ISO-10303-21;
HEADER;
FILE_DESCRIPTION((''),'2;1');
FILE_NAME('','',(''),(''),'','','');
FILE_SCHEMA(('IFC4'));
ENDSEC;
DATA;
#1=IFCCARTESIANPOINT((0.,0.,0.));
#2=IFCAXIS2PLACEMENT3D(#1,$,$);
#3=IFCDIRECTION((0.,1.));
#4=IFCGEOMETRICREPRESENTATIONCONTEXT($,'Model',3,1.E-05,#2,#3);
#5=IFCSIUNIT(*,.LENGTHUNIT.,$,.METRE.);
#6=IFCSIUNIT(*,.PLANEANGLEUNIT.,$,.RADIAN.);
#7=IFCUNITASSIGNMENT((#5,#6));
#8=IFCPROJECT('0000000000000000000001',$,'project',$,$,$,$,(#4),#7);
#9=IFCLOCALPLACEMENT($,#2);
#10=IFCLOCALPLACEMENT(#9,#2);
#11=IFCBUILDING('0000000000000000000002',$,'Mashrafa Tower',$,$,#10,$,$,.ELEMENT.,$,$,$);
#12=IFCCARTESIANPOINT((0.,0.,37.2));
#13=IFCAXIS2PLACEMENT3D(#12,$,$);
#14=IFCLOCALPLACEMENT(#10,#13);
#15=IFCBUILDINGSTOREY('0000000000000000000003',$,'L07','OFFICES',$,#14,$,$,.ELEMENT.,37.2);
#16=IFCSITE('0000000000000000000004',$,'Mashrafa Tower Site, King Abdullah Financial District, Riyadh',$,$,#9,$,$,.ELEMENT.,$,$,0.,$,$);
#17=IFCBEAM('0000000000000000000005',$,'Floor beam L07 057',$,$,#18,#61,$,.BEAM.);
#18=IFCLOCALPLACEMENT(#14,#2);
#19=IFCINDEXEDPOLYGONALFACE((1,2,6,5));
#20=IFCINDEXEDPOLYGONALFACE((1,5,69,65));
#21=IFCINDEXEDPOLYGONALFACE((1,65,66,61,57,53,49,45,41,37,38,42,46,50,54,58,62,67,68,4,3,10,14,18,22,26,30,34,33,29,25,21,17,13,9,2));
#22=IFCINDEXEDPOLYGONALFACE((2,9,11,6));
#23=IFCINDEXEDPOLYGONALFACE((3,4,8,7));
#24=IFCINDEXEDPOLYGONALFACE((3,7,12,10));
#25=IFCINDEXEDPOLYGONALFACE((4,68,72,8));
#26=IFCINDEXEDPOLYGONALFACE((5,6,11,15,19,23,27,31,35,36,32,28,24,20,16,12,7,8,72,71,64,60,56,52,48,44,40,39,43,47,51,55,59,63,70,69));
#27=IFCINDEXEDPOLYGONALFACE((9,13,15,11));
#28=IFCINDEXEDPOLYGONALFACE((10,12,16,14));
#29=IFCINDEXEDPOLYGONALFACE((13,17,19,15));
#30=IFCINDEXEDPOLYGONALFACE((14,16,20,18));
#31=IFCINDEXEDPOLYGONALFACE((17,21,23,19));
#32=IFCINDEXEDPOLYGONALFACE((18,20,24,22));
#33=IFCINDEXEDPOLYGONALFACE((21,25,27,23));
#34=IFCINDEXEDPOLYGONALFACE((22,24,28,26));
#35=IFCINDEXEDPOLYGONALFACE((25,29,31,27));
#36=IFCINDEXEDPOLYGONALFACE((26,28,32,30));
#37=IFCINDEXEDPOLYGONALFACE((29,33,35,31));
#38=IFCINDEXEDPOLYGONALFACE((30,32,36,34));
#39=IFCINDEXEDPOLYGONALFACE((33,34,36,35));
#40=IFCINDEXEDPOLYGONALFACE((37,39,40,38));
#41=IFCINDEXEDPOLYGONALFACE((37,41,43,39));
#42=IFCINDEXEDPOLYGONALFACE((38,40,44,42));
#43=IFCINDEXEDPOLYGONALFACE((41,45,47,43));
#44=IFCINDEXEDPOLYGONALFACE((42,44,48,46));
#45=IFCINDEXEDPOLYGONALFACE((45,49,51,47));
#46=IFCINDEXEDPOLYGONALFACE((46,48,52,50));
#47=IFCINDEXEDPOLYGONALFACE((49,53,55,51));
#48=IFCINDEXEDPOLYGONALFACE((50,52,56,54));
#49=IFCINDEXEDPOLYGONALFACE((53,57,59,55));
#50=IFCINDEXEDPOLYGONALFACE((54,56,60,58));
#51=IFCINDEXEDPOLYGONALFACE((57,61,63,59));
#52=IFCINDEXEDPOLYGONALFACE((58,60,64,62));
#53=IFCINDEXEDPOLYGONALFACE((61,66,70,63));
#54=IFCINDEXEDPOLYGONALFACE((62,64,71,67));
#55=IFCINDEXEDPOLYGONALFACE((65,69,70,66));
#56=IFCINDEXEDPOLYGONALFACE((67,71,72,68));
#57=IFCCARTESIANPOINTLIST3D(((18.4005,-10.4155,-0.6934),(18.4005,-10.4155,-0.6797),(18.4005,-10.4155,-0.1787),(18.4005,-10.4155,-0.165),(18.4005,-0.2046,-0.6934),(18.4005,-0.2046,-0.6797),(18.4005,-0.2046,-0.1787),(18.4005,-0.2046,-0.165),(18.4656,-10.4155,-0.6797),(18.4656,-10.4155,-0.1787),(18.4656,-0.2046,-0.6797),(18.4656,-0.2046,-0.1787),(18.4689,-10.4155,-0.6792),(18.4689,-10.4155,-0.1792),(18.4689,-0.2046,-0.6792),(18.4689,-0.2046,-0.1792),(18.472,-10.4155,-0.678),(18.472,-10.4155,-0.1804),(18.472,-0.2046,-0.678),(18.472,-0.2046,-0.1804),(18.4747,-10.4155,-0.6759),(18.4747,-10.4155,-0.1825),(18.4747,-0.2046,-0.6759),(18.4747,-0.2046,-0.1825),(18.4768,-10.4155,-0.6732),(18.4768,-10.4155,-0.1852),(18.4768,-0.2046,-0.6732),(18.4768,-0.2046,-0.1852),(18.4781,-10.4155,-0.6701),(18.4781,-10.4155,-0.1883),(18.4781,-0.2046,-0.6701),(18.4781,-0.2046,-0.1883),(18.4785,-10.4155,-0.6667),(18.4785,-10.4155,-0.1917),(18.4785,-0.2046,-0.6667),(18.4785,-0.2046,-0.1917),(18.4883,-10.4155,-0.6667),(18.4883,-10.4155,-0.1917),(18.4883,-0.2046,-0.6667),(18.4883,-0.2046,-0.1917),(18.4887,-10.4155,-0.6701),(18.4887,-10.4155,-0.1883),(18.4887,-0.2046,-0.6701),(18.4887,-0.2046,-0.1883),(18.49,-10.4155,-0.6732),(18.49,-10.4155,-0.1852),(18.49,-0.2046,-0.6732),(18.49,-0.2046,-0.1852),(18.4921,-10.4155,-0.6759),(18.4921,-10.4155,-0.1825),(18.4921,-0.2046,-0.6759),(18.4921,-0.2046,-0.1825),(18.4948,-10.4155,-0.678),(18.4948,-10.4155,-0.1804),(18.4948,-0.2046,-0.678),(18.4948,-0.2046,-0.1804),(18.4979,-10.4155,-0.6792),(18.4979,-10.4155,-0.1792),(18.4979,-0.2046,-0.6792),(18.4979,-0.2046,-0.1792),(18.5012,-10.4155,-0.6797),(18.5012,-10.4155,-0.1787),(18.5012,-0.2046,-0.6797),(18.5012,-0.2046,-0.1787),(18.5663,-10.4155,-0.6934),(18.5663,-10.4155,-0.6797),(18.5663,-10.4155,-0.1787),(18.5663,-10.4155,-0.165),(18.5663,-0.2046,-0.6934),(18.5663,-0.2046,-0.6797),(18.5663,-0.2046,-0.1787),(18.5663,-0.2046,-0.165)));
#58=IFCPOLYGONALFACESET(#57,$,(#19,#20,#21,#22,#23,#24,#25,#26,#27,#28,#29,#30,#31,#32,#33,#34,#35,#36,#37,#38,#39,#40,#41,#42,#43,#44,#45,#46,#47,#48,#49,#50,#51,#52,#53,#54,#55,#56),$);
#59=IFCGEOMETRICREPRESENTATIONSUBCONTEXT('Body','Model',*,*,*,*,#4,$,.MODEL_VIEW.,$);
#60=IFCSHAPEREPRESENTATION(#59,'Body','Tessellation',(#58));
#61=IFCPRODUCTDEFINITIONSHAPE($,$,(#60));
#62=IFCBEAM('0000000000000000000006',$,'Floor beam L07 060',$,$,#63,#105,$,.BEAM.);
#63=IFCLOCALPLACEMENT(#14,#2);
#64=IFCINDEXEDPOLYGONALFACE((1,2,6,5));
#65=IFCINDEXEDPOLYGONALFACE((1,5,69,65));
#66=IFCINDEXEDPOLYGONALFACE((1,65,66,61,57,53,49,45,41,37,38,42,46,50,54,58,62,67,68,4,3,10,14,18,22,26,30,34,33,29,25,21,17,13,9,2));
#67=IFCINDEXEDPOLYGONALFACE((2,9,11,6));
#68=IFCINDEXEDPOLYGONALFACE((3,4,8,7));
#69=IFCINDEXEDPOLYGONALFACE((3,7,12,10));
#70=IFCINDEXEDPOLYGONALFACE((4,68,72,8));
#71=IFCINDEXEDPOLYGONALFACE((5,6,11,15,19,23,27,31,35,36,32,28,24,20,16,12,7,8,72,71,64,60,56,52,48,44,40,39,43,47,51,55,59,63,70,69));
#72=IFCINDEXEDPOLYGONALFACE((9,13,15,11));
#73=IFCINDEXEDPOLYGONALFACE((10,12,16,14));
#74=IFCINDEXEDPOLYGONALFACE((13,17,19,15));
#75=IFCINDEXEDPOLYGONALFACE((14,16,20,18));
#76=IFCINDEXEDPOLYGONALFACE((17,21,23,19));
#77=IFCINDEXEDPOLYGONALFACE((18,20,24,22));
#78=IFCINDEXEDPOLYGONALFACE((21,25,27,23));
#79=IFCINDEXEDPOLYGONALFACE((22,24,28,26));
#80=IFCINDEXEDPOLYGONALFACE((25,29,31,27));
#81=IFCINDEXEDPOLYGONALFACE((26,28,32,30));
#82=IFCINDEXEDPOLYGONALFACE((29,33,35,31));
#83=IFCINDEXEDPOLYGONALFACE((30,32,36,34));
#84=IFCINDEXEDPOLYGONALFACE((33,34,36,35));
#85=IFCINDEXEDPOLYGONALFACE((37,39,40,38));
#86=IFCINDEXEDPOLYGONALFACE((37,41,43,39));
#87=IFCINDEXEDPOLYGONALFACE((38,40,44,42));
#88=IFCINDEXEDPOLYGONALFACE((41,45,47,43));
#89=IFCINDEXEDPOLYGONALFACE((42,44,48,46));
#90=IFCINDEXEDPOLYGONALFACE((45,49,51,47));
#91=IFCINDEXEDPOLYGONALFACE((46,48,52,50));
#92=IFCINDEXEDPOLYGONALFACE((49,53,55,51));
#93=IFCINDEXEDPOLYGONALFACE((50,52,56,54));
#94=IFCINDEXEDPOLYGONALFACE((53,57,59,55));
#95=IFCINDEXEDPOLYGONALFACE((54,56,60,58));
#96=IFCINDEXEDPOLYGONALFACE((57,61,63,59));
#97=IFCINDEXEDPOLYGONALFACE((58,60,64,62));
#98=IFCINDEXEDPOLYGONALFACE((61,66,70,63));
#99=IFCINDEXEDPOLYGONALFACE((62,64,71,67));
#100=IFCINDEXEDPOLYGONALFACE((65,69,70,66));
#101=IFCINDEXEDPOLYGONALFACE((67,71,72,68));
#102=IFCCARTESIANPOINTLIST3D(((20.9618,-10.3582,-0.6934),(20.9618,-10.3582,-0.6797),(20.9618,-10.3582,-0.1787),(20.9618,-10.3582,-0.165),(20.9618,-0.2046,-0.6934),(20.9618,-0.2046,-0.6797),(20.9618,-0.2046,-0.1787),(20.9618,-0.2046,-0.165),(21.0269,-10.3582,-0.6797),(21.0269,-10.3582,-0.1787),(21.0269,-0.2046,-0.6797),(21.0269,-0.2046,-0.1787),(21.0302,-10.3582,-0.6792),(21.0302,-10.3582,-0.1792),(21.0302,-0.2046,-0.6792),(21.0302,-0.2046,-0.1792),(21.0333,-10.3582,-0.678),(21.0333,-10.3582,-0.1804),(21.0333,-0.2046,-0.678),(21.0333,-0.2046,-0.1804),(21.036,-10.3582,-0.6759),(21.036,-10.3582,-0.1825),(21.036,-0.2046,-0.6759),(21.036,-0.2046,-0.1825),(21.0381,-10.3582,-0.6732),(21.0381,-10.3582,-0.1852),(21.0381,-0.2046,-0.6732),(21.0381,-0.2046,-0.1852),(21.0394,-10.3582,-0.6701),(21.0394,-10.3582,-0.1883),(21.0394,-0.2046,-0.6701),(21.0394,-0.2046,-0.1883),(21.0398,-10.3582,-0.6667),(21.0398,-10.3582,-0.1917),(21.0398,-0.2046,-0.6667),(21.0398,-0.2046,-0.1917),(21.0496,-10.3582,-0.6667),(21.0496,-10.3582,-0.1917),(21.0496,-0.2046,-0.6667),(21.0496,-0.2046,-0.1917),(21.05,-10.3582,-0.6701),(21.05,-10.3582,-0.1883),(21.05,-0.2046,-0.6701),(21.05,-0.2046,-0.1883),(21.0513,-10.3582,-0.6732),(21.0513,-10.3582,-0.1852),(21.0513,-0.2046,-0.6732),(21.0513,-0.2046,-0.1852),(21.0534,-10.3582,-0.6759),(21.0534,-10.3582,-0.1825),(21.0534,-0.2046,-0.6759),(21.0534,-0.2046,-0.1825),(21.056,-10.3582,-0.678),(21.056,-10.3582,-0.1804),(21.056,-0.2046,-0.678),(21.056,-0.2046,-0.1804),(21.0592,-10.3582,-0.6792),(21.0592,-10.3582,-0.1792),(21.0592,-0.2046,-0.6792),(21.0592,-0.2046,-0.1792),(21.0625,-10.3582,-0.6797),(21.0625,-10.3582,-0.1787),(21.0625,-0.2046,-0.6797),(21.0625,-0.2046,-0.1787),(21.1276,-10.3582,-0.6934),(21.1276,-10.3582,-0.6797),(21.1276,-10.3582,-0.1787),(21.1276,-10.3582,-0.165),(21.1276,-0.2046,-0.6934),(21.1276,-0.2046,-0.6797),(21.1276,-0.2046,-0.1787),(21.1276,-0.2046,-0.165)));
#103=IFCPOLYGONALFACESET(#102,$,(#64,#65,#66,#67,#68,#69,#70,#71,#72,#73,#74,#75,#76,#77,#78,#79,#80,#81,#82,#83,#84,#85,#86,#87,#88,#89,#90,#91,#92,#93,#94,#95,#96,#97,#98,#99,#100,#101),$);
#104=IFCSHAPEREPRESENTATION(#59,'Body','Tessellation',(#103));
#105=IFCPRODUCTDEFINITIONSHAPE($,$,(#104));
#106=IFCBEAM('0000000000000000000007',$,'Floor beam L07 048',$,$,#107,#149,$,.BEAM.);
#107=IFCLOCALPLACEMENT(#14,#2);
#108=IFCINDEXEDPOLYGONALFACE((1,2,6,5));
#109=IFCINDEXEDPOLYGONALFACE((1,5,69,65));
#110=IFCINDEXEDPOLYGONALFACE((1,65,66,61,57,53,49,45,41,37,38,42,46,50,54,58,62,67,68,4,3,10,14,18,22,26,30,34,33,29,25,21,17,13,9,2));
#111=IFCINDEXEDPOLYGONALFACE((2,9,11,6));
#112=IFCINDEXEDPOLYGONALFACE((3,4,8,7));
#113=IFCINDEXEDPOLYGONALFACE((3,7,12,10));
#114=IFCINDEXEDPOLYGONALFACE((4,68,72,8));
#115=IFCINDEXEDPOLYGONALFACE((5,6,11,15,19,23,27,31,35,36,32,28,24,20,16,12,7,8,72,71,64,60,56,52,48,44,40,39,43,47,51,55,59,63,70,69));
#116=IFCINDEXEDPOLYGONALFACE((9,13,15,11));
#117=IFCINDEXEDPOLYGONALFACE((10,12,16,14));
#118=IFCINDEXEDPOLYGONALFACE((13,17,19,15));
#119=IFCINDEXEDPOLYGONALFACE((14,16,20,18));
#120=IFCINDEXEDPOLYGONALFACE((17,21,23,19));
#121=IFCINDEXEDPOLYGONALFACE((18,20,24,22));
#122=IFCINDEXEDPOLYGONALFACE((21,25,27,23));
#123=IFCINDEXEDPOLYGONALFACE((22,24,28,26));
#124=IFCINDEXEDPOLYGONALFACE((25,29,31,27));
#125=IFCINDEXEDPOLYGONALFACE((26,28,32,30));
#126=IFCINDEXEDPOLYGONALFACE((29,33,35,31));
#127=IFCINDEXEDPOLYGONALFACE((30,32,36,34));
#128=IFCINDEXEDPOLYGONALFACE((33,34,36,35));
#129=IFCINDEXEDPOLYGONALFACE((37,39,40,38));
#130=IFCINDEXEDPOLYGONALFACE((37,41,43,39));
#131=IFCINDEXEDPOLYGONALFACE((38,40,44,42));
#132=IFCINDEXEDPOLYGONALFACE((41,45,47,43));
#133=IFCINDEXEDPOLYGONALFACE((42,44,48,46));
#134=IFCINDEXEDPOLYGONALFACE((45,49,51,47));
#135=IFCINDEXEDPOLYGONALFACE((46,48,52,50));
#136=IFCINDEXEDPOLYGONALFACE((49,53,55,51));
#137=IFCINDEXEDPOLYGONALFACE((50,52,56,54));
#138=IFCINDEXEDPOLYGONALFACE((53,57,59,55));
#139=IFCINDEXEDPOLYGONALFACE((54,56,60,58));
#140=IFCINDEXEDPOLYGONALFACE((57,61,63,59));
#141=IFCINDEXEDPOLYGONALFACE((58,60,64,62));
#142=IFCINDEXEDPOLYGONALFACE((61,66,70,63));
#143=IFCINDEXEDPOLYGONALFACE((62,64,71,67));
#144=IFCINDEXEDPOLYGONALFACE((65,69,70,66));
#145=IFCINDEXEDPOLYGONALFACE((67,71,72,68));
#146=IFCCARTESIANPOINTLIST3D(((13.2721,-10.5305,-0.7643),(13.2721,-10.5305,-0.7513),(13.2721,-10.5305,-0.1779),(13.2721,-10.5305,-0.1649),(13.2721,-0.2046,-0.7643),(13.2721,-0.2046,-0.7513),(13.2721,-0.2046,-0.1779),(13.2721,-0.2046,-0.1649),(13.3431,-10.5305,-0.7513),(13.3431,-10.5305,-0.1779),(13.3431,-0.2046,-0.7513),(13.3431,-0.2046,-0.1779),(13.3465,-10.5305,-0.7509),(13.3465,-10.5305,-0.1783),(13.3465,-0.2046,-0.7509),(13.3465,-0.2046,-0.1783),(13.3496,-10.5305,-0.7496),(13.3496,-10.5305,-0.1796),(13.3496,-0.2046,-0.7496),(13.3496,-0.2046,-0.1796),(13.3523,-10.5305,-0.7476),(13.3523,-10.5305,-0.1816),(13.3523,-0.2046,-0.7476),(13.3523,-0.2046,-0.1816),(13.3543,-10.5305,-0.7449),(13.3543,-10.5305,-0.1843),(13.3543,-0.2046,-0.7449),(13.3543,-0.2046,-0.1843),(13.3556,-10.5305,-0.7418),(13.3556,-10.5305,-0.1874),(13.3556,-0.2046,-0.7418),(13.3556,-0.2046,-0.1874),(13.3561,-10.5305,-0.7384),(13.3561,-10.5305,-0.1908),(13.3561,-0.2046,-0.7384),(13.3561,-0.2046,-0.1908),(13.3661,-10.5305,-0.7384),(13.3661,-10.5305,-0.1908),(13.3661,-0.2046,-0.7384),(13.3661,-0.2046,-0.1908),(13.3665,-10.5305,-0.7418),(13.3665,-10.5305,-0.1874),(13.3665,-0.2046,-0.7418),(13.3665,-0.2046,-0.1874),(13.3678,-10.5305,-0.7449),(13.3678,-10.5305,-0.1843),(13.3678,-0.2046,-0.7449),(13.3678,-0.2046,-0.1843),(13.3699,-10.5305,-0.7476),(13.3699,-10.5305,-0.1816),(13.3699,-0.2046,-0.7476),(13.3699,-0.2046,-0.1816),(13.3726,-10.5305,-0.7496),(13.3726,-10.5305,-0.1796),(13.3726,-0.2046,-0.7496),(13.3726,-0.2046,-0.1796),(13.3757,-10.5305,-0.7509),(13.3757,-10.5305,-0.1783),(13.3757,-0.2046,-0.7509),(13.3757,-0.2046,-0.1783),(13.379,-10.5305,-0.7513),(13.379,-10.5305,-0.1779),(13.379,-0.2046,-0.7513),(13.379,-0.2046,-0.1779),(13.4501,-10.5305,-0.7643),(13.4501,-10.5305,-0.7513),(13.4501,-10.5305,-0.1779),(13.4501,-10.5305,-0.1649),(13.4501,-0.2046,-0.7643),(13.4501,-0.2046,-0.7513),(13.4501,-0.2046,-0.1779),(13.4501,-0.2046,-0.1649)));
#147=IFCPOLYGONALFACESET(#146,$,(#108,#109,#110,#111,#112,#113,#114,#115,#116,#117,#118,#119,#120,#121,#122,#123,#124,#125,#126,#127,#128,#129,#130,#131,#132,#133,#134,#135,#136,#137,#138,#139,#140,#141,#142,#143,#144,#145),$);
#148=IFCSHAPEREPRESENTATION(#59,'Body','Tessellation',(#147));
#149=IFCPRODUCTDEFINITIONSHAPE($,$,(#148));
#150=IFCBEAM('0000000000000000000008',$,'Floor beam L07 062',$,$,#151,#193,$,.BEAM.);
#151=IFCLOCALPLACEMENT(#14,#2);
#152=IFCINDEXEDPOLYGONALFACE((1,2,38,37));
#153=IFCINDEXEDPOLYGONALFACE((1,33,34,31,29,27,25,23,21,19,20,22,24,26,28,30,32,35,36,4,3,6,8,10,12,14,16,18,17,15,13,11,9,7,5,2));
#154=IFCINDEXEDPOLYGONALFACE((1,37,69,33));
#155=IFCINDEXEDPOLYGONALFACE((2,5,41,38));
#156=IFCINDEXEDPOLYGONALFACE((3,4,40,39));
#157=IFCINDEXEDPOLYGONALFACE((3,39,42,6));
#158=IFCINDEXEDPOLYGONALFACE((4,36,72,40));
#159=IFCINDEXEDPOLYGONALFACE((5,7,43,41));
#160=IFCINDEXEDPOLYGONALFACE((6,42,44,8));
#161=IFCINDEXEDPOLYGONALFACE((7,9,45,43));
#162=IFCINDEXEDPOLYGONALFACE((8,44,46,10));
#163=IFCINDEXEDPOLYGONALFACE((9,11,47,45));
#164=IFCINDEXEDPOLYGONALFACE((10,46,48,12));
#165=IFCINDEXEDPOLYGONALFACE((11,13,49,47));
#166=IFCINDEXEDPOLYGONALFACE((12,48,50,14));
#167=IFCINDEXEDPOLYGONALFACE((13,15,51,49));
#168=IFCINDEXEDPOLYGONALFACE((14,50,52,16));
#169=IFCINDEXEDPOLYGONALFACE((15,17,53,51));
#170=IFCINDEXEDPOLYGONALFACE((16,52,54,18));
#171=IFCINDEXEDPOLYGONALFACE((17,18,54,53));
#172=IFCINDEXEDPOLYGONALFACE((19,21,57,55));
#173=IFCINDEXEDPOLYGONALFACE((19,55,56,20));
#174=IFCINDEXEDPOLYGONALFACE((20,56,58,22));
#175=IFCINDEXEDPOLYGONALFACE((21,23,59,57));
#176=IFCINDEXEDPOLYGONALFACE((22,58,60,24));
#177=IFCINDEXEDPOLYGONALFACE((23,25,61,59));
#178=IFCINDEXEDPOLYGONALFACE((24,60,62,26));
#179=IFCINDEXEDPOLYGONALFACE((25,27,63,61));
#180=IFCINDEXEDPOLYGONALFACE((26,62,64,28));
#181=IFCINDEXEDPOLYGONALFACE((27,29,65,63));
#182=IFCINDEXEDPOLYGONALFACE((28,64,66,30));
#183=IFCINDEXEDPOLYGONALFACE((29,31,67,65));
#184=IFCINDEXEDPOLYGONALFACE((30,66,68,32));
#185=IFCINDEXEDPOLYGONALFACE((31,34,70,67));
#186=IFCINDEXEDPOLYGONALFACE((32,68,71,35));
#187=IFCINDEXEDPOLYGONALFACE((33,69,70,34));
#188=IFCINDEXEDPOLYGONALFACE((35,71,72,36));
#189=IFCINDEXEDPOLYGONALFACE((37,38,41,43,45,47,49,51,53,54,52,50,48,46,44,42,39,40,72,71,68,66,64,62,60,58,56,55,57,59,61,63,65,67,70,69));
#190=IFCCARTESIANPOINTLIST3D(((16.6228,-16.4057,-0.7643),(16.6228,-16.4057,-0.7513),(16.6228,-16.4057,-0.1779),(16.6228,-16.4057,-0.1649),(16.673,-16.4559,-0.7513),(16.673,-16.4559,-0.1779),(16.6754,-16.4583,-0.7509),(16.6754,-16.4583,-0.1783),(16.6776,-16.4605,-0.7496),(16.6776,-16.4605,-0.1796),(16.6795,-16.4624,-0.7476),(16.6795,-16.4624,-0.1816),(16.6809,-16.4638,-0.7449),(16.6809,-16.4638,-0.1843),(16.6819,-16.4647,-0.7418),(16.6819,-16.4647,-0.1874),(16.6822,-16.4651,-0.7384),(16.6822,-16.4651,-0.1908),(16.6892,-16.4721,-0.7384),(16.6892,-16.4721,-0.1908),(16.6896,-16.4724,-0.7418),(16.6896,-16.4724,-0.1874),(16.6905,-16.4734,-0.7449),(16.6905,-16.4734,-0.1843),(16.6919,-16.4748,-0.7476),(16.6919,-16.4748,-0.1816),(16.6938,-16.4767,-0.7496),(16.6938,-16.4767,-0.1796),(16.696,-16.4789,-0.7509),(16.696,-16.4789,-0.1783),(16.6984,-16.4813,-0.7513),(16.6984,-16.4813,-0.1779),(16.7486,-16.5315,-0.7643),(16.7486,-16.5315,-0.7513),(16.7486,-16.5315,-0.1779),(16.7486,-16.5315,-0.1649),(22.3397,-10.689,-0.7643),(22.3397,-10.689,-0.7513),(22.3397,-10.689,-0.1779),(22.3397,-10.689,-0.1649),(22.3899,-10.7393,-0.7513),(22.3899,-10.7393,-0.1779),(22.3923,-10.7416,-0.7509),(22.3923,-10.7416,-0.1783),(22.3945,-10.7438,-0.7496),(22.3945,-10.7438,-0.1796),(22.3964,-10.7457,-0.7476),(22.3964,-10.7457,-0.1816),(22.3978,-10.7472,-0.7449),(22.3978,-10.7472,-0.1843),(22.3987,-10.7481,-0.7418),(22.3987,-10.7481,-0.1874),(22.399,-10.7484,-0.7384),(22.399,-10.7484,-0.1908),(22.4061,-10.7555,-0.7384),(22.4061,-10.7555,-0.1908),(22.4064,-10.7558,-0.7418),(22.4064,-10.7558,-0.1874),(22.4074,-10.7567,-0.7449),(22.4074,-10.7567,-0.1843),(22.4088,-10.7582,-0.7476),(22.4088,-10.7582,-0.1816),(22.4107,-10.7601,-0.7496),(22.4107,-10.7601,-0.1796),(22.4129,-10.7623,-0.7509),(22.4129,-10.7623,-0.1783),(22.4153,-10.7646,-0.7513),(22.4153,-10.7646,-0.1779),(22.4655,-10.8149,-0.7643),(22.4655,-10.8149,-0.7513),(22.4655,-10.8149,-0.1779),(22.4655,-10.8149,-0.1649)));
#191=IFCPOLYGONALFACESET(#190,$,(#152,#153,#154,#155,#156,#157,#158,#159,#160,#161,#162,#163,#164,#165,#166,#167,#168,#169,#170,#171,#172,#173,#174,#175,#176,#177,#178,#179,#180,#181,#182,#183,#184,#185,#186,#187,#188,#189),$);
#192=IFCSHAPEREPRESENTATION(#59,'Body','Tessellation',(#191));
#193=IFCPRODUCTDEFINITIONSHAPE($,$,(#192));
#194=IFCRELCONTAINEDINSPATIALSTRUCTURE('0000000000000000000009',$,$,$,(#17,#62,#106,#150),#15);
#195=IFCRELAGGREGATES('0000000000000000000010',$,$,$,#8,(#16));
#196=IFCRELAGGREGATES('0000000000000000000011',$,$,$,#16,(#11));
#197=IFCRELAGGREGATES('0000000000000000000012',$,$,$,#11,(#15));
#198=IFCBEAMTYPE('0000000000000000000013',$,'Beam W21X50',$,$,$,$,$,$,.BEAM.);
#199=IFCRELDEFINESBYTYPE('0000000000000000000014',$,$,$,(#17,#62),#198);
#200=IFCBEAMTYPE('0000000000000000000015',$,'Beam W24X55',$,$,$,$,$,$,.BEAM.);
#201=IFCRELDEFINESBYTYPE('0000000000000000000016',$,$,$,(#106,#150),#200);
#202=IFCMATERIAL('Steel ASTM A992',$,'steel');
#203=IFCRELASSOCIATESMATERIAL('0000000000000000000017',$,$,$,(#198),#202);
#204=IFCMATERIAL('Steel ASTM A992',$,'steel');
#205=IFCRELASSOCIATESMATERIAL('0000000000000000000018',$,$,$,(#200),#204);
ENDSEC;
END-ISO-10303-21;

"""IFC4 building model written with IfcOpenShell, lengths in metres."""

from ifc_helpers import new_model, si_unit, direction, frame, origin, origin_2d, place, context, subcontext, project, spatial, i_section, extrude, material, material_profile, profile_set, type_object, element, save


model = new_model("IFC4")

# Units and contexts
model_context = context("Model", 3, precision=1e-05, world=origin(), true_north=direction((0.0, 1.0)))
body_context = subcontext(model_context, "Body", "Model", "MODEL_VIEW")
ifc_project = project(units=[si_unit("LENGTHUNIT", "METRE"), si_unit("PLANEANGLEUNIT", "RADIAN")], contexts=[model_context])

# Site, building, storey
site_placement = place(None, origin())
site = spatial("IfcSite", under=ifc_project, at=site_placement, Name="Mashrafa Tower Site, King Abdullah Financial District, Riyadh", CompositionType="ELEMENT", RefElevation=0.0)
building_placement = place(site_placement, origin())
building = spatial("IfcBuilding", under=site, at=building_placement, Name="Mashrafa Tower", CompositionType="ELEMENT")
storey_placement = place(building_placement, frame((0.0, 0.0, 37.2)))
storey = spatial("IfcBuildingStorey", under=building, at=storey_placement, Name="L07", Description="OFFICES", CompositionType="ELEMENT", Elevation=37.2)

# Beams
ifc_material_1 = material(Name="Steel ASTM A992", Category="steel")
ifc_material_profile_1 = material_profile(ifc_material_1, i_section(OverallWidth=0.1658, OverallDepth=0.5283, WebThickness=0.0098, FlangeThickness=0.0137, FilletRadius=0.0129, at=origin_2d()), Name="W21X50")
ifc_profile_set_1 = profile_set([ifc_material_profile_1], Name="Steel ASTM A992")
beam_type_1 = type_object("IfcBeamType", Name="Beam W21X50", PredefinedType="BEAM", material=ifc_profile_set_1)
beam_1_placement = place(storey_placement, frame((18.4834, -0.2046, -0.4292), z_axis=(0.0, -1.0, 0.0), x_axis=(1.0, 0.0, 0.0)))
element("IfcBeam", 1, at=beam_1_placement, inside=storey, type_object=beam_type_1, Name="Floor beam L07 057", PredefinedType="BEAM", context=body_context, shape_type="SweptSolid", body=[
    extrude(i_section(OverallWidth=0.1658, OverallDepth=0.5283, WebThickness=0.0098, FlangeThickness=0.0137, FilletRadius=0.0129, at=origin_2d()), origin(), (0.0, 0.0, 1.0), 10.2109),
])
beam_2_placement = place(storey_placement, frame((21.0447, -0.2046, -0.4292), z_axis=(0.0, -1.0, 0.0), x_axis=(1.0, 0.0, 0.0)))
element("IfcBeam", 2, at=beam_2_placement, inside=storey, type_object=beam_type_1, Name="Floor beam L07 060", PredefinedType="BEAM", context=body_context, shape_type="SweptSolid", body=[
    extrude(i_section(OverallWidth=0.1658, OverallDepth=0.5283, WebThickness=0.0098, FlangeThickness=0.0137, FilletRadius=0.0129, at=origin_2d()), origin(), (0.0, 0.0, 1.0), 10.1536),
])
ifc_material_2 = material(Name="Steel ASTM A992", Category="steel")
ifc_material_profile_2 = material_profile(ifc_material_2, i_section(OverallWidth=0.178, OverallDepth=0.5994, WebThickness=0.01, FlangeThickness=0.0129, FilletRadius=0.0129, at=origin_2d()), Name="W24X55")
ifc_profile_set_2 = profile_set([ifc_material_profile_2], Name="Steel ASTM A992")
beam_type_2 = type_object("IfcBeamType", Name="Beam W24X55", PredefinedType="BEAM", material=ifc_profile_set_2)
beam_3_placement = place(storey_placement, frame((13.3611, -0.2046, -0.4646), z_axis=(0.0, -1.0, 0.0), x_axis=(1.0, 0.0, 0.0)))
element("IfcBeam", 3, at=beam_3_placement, inside=storey, type_object=beam_type_2, Name="Floor beam L07 048", PredefinedType="BEAM", context=body_context, shape_type="SweptSolid", body=[
    extrude(i_section(OverallWidth=0.178, OverallDepth=0.5994, WebThickness=0.01, FlangeThickness=0.0129, FilletRadius=0.0129, at=origin_2d()), origin(), (0.0, 0.0, 1.0), 10.3259),
])
beam_4_placement = place(storey_placement, frame((22.4026, -10.752, -0.4646), z_axis=(-0.707122, -0.707092, 0.0), x_axis=(0.707092, -0.707122, 0.0)))
element("IfcBeam", 4, at=beam_4_placement, inside=storey, type_object=beam_type_2, Name="Floor beam L07 062", PredefinedType="BEAM", context=body_context, shape_type="SweptSolid", body=[
    extrude(i_section(OverallWidth=0.178, OverallDepth=0.5994, WebThickness=0.01, FlangeThickness=0.0129, FilletRadius=0.0129, at=origin_2d()), origin(), (0.0, 0.0, 1.0), 8.0847),
])

save(model, "model.ifc")
